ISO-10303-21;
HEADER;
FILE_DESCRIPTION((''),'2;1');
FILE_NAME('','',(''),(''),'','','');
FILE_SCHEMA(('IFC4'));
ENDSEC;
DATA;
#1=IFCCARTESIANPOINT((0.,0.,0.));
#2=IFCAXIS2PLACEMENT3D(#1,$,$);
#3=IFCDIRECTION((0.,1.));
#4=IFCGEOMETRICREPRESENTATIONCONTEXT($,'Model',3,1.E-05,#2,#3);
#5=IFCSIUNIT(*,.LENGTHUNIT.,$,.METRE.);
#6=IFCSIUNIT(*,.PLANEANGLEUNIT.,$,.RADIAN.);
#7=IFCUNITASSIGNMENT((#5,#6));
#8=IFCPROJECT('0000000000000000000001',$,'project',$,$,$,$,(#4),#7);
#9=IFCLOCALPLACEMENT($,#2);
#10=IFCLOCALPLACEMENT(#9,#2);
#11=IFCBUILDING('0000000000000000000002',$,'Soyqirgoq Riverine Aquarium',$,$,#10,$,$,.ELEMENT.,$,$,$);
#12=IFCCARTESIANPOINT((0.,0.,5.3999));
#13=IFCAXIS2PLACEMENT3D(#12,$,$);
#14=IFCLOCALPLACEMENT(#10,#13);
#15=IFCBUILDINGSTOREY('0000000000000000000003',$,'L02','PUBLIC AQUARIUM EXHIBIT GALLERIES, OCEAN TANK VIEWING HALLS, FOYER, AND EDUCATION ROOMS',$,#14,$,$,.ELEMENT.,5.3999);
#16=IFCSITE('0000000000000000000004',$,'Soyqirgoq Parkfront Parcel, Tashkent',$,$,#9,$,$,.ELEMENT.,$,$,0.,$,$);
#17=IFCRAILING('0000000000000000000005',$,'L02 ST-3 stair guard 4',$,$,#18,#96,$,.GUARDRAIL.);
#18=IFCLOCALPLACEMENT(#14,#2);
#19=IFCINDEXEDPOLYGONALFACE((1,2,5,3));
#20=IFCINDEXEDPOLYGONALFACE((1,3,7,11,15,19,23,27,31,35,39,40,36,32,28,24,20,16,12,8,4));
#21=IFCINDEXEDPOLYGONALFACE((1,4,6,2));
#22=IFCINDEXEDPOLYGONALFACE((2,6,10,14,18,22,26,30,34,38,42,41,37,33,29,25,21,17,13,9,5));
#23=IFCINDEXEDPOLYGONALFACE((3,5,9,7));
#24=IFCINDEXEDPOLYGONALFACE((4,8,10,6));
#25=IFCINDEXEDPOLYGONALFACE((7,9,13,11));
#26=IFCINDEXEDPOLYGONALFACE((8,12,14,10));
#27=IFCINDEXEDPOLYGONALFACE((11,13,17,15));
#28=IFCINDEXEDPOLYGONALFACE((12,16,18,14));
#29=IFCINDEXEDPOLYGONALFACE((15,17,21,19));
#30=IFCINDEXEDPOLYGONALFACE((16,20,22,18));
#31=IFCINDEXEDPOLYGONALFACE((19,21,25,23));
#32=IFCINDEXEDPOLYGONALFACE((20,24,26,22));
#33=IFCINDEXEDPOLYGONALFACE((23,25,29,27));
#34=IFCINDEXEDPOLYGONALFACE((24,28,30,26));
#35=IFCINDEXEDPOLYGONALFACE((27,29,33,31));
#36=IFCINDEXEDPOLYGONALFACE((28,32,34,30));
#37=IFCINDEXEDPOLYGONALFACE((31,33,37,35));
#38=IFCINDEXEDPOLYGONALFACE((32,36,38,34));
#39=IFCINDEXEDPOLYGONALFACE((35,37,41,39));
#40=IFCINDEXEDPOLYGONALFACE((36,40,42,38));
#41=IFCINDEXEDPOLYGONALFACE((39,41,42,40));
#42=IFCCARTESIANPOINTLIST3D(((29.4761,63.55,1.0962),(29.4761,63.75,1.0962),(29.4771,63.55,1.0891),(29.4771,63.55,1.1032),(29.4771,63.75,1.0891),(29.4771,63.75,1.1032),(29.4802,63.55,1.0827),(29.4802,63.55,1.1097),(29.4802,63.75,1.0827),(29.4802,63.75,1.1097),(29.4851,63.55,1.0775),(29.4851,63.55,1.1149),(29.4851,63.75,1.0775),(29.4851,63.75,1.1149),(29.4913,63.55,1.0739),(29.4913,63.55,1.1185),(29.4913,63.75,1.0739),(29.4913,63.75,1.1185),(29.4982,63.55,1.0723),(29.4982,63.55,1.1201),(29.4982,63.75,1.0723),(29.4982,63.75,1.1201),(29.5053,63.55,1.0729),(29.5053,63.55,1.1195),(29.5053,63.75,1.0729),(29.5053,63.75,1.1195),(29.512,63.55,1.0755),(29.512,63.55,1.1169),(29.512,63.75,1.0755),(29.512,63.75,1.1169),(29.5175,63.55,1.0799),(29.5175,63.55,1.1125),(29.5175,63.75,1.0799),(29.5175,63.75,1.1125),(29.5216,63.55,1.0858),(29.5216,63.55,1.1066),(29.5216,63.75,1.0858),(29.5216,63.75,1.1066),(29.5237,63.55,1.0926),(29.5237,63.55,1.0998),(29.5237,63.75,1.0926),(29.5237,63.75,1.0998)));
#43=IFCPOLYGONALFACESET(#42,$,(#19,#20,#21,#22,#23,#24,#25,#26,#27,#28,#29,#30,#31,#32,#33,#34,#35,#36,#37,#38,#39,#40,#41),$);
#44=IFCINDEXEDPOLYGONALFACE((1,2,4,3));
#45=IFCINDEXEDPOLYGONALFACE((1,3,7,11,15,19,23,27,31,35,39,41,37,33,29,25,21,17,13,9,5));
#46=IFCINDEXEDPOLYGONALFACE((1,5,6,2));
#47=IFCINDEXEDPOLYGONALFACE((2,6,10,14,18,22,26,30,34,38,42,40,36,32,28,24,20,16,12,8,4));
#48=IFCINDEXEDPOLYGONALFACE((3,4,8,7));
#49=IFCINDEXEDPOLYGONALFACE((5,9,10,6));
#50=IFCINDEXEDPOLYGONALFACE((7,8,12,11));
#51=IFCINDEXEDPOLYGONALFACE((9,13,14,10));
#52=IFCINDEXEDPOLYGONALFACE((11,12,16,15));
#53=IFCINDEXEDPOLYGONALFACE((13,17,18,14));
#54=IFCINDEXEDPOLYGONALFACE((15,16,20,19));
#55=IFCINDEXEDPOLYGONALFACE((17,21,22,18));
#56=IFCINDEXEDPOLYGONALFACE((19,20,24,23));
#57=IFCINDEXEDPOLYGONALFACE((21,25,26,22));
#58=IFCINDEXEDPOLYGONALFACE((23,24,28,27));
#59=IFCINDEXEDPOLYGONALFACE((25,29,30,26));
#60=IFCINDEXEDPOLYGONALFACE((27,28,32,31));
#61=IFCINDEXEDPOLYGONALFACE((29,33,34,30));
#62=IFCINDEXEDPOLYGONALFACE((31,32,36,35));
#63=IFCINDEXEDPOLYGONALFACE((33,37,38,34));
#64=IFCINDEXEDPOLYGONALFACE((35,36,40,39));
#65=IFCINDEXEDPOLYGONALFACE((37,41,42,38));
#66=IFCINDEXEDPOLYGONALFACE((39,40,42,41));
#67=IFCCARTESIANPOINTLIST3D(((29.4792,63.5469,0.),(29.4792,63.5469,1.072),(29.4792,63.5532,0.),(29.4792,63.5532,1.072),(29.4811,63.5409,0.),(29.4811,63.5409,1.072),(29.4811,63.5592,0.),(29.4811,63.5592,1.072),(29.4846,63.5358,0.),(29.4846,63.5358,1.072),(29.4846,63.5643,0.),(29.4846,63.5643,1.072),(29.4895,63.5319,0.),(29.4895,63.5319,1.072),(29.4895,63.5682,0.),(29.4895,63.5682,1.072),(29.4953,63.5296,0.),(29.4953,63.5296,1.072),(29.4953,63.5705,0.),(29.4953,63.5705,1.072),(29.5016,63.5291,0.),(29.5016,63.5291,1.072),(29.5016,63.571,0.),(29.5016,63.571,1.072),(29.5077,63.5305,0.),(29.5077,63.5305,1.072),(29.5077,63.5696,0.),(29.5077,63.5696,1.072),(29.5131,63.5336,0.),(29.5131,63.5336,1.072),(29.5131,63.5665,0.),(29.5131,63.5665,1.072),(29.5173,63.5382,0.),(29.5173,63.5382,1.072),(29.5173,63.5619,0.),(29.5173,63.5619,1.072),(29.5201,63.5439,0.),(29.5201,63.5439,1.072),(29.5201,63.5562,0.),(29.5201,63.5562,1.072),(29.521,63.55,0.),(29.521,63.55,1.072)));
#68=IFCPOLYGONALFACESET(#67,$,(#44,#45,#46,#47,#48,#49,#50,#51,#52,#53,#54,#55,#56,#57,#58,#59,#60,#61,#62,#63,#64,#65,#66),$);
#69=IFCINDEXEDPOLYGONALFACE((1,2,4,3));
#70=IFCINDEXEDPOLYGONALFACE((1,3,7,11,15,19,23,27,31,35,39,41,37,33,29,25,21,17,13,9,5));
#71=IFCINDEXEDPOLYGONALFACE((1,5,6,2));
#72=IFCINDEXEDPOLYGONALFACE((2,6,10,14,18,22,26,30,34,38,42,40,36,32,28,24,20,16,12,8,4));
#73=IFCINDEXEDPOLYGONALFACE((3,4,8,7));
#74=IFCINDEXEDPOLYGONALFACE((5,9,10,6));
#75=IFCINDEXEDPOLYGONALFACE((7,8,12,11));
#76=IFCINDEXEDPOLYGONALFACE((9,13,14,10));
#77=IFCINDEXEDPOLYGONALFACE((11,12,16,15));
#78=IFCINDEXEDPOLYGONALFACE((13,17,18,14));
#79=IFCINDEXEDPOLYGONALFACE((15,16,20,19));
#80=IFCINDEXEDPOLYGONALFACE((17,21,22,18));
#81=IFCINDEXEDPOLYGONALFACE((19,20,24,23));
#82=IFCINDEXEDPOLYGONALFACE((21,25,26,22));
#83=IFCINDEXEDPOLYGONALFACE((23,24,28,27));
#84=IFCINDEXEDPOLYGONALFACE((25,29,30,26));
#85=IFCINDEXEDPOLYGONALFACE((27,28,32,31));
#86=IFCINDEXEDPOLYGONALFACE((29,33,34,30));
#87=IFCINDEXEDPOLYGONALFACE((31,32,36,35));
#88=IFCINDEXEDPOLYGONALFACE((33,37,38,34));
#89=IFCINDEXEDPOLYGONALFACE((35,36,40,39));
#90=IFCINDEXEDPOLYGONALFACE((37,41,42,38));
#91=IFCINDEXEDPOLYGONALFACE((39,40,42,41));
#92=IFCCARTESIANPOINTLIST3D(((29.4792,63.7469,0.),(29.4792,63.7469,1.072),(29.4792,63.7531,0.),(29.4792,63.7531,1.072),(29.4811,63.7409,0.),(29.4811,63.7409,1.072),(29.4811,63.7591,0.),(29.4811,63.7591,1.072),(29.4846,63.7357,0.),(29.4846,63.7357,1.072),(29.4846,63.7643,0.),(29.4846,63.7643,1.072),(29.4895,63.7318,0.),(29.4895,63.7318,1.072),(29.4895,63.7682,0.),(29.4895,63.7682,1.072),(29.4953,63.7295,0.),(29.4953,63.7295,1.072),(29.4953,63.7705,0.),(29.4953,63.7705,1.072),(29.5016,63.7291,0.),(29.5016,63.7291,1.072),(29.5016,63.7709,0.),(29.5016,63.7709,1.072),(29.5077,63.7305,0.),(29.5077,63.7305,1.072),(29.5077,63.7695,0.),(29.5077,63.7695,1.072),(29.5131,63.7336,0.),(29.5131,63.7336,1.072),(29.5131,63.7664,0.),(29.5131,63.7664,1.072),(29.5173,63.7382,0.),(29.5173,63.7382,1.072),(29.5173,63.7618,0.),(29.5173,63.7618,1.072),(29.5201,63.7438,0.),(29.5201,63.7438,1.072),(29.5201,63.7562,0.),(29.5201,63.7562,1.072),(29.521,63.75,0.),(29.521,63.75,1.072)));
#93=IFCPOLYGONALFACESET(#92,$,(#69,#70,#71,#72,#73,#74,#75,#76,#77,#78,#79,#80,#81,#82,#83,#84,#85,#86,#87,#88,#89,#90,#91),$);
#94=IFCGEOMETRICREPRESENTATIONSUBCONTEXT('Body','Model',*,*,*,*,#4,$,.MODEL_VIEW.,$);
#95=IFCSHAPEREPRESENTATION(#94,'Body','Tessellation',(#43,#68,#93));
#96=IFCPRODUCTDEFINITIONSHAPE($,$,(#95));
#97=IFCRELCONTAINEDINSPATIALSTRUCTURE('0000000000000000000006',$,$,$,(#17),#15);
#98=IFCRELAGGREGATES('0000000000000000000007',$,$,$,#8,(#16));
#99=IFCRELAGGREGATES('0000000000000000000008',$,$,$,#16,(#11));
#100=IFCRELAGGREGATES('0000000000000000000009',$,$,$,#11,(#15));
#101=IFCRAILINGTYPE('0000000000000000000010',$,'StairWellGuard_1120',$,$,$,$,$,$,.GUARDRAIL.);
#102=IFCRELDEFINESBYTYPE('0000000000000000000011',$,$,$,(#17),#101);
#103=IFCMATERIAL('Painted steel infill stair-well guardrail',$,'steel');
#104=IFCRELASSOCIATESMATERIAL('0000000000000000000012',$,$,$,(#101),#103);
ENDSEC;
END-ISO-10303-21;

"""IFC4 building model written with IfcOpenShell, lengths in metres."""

from ifc_helpers import new_model, si_unit, direction, frame, origin, origin_2d, place, context, subcontext, project, spatial, circle, extrude, material, type_object, element, save


model = new_model("IFC4")

# Units and contexts
model_context = context("Model", 3, precision=1e-05, world=origin(), true_north=direction((0.0, 1.0)))
body_context = subcontext(model_context, "Body", "Model", "MODEL_VIEW")
ifc_project = project(units=[si_unit("LENGTHUNIT", "METRE"), si_unit("PLANEANGLEUNIT", "RADIAN")], contexts=[model_context])

# Site, building, storey
site_placement = place(None, origin())
site = spatial("IfcSite", under=ifc_project, at=site_placement, Name="Soyqirgoq Parkfront Parcel, Tashkent", CompositionType="ELEMENT", RefElevation=0.0)
building_placement = place(site_placement, origin())
building = spatial("IfcBuilding", under=site, at=building_placement, Name="Soyqirgoq Riverine Aquarium", CompositionType="ELEMENT")
storey_placement = place(building_placement, frame((0.0, 0.0, 5.3999)))
storey = spatial("IfcBuildingStorey", under=building, at=storey_placement, Name="L02", Description="PUBLIC AQUARIUM EXHIBIT GALLERIES, OCEAN TANK VIEWING HALLS, FOYER, AND EDUCATION ROOMS", CompositionType="ELEMENT", Elevation=5.3999)

# Railing
ifc_material_1 = material(Name="Painted steel infill stair-well guardrail", Category="steel")
railing_type_1 = type_object("IfcRailingType", Name="StairWellGuard_1120", PredefinedType="GUARDRAIL", material=ifc_material_1)
railing_1_placement = place(storey_placement, frame((29.5, 63.55, 0.0)))
element("IfcRailing", 1, at=railing_1_placement, inside=storey, type_object=railing_type_1, Name="L02 ST-3 stair guard 4", PredefinedType="GUARDRAIL", context=body_context, shape_type="SweptSolid", body=[
    extrude(circle(Radius=0.0239, at=origin_2d()), frame((0.0, 0.0, 1.0962), z_axis=(0.0, 1.0, 0.0), x_axis=(-1.0, 0.0, 0.0)), (0.0, 0.0, 1.0), 0.2),
    extrude(circle(Radius=0.021, at=origin_2d()), origin(), (0.0, 0.0, 1.0), 1.072),
    extrude(circle(Radius=0.021, at=origin_2d()), frame((0.0, 0.2, 0.0)), (0.0, 0.0, 1.0), 1.072),
])

save(model, "model.ifc")
